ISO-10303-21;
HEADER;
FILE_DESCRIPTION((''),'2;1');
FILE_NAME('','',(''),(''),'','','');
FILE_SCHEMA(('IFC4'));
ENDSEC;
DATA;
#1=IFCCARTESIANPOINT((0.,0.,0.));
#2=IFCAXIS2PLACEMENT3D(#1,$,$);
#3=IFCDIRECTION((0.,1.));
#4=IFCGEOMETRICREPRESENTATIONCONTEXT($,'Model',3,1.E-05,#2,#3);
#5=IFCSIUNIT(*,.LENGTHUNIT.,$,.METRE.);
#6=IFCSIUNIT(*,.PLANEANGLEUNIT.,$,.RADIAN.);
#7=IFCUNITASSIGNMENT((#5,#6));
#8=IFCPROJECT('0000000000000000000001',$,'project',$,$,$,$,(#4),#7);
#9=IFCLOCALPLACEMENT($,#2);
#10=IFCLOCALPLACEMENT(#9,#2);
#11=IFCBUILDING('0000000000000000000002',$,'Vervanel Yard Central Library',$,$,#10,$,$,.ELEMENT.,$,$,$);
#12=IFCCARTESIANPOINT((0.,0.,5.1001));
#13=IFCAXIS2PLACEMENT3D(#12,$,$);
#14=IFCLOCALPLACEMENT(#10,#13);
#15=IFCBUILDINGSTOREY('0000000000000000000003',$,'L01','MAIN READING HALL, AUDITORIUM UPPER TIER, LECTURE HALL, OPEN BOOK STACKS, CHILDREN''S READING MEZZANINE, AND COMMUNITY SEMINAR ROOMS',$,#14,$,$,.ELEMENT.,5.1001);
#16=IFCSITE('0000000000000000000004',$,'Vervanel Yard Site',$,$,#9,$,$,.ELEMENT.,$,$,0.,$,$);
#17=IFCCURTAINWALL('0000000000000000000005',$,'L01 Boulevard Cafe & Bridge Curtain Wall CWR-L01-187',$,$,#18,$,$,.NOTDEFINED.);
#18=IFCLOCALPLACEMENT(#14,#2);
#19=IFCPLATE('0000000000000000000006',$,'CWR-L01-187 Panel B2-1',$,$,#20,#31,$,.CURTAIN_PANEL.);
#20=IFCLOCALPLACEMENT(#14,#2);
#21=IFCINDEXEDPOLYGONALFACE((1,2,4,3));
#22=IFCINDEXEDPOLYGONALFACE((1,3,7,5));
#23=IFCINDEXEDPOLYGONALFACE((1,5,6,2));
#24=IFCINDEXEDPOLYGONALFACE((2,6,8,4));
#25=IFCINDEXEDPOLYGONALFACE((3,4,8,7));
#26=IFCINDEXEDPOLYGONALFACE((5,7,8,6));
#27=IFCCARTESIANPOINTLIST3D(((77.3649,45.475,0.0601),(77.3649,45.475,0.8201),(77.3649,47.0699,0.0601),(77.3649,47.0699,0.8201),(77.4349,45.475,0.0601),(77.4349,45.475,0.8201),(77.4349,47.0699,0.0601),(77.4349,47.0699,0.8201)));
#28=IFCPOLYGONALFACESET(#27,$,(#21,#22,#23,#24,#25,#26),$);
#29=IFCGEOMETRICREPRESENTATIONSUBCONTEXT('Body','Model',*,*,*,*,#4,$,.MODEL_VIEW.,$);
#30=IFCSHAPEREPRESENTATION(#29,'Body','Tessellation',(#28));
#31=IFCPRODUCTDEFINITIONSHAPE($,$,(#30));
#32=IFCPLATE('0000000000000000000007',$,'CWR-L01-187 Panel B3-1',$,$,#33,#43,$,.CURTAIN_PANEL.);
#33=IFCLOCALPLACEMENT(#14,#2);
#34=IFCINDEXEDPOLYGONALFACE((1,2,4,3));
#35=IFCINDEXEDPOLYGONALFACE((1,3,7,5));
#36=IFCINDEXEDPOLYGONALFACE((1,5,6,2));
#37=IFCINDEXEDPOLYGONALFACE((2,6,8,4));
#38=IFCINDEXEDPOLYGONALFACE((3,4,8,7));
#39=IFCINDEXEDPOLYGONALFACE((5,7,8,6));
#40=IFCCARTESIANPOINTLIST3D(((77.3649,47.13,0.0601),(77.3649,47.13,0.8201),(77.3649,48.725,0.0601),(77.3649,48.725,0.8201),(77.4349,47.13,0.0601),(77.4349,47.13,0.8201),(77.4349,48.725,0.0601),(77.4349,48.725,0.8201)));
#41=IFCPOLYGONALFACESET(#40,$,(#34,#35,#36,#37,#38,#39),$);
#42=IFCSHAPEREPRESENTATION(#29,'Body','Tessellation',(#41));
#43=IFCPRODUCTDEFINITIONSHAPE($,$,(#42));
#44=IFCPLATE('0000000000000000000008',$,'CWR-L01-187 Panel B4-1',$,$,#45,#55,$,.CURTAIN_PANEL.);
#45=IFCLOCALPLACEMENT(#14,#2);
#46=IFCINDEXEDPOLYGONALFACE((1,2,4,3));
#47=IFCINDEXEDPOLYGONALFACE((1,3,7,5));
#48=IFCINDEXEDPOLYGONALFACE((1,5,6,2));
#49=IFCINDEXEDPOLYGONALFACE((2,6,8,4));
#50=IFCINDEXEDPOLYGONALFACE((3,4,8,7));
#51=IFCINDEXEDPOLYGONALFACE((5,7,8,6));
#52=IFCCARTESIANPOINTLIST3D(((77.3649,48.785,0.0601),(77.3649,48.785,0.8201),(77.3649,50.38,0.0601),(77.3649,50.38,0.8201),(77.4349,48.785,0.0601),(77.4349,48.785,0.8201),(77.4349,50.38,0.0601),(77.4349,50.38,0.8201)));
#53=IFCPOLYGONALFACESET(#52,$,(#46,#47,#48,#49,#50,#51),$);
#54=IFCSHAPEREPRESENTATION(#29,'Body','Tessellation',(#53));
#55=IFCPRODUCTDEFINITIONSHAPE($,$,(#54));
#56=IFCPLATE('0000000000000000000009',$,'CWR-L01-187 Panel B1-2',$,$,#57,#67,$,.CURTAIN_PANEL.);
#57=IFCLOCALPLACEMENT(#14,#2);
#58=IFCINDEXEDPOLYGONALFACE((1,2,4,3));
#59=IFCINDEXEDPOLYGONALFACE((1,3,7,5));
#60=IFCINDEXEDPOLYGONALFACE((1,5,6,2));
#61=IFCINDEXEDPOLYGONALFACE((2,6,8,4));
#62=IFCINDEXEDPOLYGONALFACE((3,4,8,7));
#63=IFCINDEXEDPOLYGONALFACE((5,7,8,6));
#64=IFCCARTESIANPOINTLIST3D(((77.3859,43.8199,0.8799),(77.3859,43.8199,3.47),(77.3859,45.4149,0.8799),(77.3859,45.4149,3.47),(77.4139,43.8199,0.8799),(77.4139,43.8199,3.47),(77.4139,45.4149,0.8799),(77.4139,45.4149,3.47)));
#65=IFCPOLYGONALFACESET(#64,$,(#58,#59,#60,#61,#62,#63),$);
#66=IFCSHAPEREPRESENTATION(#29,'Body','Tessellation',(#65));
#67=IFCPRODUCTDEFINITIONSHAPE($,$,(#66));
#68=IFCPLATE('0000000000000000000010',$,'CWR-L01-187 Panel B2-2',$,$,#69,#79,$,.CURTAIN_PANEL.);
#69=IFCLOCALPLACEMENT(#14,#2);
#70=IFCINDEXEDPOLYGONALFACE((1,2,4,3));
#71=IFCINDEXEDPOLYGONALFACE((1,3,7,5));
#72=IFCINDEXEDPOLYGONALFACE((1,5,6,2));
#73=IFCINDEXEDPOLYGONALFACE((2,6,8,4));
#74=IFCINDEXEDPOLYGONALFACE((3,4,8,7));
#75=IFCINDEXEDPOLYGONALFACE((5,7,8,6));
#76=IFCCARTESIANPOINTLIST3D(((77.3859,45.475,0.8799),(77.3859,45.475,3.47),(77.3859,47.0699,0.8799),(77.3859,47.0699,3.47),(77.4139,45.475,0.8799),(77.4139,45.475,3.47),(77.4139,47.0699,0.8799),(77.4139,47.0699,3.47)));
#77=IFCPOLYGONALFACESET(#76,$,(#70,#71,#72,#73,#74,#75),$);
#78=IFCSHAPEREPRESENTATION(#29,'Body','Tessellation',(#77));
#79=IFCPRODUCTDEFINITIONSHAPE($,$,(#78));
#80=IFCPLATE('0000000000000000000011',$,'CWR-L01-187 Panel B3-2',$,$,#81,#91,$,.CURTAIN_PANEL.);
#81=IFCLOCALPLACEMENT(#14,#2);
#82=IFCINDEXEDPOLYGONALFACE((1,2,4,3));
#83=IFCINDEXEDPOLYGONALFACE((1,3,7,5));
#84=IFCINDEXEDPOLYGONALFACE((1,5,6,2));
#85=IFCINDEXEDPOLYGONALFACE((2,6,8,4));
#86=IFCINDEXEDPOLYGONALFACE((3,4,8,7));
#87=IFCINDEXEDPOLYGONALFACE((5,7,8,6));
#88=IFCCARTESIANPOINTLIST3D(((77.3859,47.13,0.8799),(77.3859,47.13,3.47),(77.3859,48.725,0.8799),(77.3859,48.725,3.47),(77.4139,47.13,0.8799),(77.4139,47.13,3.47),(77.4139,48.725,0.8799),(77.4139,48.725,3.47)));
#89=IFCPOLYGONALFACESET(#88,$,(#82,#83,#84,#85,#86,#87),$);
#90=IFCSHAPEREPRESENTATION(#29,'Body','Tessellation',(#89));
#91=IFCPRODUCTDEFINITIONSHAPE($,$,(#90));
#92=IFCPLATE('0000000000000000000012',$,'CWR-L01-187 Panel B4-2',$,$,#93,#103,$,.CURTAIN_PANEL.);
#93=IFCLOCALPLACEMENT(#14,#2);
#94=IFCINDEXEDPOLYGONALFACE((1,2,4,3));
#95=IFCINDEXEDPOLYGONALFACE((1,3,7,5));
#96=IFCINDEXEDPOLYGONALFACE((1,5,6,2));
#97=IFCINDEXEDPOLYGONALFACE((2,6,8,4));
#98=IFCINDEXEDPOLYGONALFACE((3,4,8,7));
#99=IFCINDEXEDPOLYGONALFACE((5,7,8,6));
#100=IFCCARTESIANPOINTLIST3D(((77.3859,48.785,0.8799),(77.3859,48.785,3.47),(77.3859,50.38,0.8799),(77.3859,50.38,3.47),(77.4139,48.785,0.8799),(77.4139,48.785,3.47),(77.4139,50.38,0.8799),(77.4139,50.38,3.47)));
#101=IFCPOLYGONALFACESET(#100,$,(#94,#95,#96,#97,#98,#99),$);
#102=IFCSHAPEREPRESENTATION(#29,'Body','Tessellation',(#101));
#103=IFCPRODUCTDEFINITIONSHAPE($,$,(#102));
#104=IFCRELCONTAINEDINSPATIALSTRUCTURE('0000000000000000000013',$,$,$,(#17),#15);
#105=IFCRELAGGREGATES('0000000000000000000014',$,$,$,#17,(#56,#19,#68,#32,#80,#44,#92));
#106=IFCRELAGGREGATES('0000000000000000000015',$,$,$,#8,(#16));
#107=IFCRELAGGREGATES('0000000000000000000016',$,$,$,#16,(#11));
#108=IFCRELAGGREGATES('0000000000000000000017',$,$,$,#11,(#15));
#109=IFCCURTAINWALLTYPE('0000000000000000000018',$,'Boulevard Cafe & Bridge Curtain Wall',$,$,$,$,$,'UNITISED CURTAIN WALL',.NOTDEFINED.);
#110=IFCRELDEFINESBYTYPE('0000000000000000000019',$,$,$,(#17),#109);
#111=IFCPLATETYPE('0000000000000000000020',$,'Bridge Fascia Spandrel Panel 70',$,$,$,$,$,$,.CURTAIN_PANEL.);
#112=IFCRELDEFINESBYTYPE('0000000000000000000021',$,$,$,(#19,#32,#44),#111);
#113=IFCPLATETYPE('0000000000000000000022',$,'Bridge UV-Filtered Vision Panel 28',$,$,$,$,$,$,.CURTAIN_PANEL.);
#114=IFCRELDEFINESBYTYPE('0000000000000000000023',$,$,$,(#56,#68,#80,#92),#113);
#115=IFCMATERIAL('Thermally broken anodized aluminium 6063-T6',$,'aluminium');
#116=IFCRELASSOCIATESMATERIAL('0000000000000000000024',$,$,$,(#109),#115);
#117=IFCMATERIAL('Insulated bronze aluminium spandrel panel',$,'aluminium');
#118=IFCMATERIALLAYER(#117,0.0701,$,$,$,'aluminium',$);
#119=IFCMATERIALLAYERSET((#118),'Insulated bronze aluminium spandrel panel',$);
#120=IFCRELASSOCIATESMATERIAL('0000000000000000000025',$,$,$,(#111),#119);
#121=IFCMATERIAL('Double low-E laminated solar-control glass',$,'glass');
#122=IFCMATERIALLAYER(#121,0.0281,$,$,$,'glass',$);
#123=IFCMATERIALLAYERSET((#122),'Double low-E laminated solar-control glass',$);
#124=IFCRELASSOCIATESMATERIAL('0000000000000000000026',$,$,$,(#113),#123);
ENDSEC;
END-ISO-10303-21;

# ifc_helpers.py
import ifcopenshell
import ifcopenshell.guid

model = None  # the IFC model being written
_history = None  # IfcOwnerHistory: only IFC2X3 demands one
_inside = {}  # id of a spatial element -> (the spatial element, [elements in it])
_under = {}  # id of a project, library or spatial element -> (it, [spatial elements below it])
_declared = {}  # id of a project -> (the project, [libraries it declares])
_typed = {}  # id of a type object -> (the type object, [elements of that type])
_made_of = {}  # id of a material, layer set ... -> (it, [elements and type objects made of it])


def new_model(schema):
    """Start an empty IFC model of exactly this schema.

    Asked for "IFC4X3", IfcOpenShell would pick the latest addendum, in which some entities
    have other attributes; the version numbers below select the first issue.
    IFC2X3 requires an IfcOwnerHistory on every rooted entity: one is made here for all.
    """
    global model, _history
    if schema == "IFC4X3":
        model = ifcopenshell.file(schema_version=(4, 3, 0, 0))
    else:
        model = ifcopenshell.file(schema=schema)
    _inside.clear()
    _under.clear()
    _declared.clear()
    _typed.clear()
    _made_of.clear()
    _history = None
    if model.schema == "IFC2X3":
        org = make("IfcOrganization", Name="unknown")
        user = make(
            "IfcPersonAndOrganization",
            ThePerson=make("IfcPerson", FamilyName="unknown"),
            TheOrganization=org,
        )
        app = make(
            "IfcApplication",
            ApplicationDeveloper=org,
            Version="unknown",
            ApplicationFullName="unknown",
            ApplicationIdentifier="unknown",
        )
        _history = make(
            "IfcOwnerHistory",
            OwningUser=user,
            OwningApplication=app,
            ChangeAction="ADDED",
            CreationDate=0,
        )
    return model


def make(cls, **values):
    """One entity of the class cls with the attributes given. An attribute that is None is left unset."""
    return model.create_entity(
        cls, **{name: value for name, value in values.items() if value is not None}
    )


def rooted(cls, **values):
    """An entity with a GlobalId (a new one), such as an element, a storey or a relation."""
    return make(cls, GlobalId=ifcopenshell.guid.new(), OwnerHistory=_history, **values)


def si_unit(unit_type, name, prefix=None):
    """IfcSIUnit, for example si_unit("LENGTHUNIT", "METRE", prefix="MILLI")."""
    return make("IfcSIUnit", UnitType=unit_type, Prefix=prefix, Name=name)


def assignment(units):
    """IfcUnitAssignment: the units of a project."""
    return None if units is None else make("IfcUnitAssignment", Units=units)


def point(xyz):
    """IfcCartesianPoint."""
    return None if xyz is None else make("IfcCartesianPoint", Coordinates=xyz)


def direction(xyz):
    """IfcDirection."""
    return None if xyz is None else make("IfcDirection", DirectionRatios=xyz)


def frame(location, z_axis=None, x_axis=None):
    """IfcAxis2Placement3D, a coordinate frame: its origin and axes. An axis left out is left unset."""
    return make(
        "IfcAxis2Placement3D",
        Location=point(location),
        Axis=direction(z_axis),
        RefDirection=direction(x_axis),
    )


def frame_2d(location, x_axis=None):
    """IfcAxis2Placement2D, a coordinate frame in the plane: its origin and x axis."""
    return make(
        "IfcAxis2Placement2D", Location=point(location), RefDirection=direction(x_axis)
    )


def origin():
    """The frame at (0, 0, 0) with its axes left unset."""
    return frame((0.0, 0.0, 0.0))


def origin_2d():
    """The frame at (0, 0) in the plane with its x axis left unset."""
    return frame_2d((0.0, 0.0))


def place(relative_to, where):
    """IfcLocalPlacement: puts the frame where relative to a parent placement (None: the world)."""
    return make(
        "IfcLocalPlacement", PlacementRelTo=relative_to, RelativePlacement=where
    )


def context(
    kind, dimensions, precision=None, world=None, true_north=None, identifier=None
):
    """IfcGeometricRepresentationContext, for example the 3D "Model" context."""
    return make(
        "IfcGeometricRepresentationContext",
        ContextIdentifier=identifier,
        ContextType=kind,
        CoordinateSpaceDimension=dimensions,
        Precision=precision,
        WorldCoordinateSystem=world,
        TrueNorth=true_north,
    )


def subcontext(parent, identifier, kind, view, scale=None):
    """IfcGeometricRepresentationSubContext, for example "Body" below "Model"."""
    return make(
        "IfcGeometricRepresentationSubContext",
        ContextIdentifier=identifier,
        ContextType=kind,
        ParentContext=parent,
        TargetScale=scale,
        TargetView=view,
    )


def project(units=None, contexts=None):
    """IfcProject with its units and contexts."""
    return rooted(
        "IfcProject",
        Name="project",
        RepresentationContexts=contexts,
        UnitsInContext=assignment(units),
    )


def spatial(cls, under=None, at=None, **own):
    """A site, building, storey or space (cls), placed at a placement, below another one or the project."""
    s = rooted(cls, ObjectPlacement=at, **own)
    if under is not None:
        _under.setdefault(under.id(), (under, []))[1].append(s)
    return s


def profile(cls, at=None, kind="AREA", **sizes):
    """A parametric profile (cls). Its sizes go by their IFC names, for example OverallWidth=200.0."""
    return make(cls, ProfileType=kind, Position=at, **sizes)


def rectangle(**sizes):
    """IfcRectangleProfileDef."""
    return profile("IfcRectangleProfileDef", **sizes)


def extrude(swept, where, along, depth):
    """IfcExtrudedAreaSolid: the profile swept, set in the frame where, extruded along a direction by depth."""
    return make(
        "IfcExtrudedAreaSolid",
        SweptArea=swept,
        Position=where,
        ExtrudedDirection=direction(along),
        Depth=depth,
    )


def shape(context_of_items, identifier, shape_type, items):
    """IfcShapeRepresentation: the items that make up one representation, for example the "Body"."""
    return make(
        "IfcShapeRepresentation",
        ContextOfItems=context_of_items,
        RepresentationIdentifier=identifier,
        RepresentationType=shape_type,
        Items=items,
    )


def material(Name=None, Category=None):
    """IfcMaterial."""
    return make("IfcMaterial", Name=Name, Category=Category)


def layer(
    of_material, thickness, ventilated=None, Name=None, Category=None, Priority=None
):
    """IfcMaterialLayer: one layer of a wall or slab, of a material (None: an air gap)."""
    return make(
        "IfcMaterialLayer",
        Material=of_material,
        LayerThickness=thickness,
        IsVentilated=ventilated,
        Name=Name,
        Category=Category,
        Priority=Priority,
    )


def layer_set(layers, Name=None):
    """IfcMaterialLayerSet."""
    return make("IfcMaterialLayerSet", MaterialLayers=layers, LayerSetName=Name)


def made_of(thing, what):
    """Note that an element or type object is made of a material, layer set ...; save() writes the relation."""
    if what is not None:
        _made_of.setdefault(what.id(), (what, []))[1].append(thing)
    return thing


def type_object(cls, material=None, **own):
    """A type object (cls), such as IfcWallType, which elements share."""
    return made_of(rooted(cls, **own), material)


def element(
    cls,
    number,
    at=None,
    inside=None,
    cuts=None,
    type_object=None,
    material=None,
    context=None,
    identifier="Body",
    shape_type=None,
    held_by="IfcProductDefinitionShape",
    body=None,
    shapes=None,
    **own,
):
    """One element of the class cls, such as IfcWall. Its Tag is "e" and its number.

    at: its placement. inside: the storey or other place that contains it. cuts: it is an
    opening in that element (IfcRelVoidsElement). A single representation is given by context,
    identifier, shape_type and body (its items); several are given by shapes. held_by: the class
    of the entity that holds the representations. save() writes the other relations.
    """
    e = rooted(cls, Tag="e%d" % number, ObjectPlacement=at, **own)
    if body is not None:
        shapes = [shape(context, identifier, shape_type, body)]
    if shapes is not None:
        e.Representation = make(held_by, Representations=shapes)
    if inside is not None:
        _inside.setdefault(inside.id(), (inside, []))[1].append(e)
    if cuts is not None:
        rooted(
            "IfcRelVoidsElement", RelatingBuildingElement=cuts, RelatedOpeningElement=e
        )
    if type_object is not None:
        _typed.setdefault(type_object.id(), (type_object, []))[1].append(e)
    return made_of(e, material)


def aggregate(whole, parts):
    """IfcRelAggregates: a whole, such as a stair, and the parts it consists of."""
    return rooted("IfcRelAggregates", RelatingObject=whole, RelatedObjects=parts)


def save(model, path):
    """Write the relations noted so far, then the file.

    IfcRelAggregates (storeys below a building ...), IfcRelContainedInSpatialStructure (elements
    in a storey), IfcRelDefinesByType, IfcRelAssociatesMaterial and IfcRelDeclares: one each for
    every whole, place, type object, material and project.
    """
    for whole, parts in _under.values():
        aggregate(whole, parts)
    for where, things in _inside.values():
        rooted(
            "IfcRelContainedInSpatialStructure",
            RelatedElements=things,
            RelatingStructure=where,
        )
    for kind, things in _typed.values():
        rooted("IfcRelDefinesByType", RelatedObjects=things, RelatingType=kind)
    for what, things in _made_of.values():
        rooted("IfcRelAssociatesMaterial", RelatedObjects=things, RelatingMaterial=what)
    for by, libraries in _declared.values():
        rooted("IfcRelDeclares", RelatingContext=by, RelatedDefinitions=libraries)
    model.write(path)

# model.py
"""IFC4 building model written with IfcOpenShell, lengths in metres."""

from ifc_helpers import new_model, si_unit, direction, frame, origin, origin_2d, place, context, subcontext, project, spatial, rectangle, extrude, material, layer, layer_set, type_object, element, aggregate, save


model = new_model("IFC4")

# Units and contexts
model_context = context("Model", 3, precision=1e-05, world=origin(), true_north=direction((0.0, 1.0)))
body_context = subcontext(model_context, "Body", "Model", "MODEL_VIEW")
ifc_project = project(units=[si_unit("LENGTHUNIT", "METRE"), si_unit("PLANEANGLEUNIT", "RADIAN")], contexts=[model_context])

# Site, building, storey
site_placement = place(None, origin())
site = spatial("IfcSite", under=ifc_project, at=site_placement, Name="Vervanel Yard Site", CompositionType="ELEMENT", RefElevation=0.0)
building_placement = place(site_placement, origin())
building = spatial("IfcBuilding", under=site, at=building_placement, Name="Vervanel Yard Central Library", CompositionType="ELEMENT")
storey_placement = place(building_placement, frame((0.0, 0.0, 5.1001)))
storey = spatial("IfcBuildingStorey", under=building, at=storey_placement, Name="L01", Description="MAIN READING HALL, AUDITORIUM UPPER TIER, LECTURE HALL, OPEN BOOK STACKS, CHILDREN'S READING MEZZANINE, AND COMMUNITY SEMINAR ROOMS", CompositionType="ELEMENT", Elevation=5.1001)

# Curtain wall, plates
ifc_material_1 = material(Name="Thermally broken anodized aluminium 6063-T6", Category="aluminium")
curtain_wall_type = type_object("IfcCurtainWallType", Name="Boulevard Cafe & Bridge Curtain Wall", ElementType="UNITISED CURTAIN WALL", PredefinedType="NOTDEFINED", material=ifc_material_1)
curtain_wall_placement = place(storey_placement, origin())
curtain_wall = element("IfcCurtainWall", 1, at=curtain_wall_placement, inside=storey, type_object=curtain_wall_type, Name="L01 Boulevard Cafe & Bridge Curtain Wall CWR-L01-187", PredefinedType="NOTDEFINED")
ifc_material_2 = material(Name="Insulated bronze aluminium spandrel panel", Category="aluminium")
ifc_layer_1 = layer(ifc_material_2, 0.0701, Category="aluminium")
ifc_layer_set_1 = layer_set([ifc_layer_1], Name="Insulated bronze aluminium spandrel panel")
plate_type_1 = type_object("IfcPlateType", Name="Bridge Fascia Spandrel Panel 70", PredefinedType="CURTAIN_PANEL", material=ifc_layer_set_1)
plate_1_placement = place(storey_placement, frame((77.3999, 46.2725, 0.0601), z_axis=(0.0, 0.0, 1.0), x_axis=(0.0, 1.0, 0.0)))
plate_1 = element("IfcPlate", 2, at=plate_1_placement, type_object=plate_type_1, Name="CWR-L01-187 Panel B2-1", PredefinedType="CURTAIN_PANEL", context=body_context, shape_type="SweptSolid", body=[
    extrude(rectangle(XDim=1.595, YDim=0.0701, at=origin_2d()), origin(), (0.0, 0.0, 1.0), 0.76),
])
plate_2_placement = place(storey_placement, frame((77.3999, 47.9275, 0.0601), z_axis=(0.0, 0.0, 1.0), x_axis=(0.0, 1.0, 0.0)))
plate_2 = element("IfcPlate", 3, at=plate_2_placement, type_object=plate_type_1, Name="CWR-L01-187 Panel B3-1", PredefinedType="CURTAIN_PANEL", context=body_context, shape_type="SweptSolid", body=[
    extrude(rectangle(XDim=1.595, YDim=0.0701, at=origin_2d()), origin(), (0.0, 0.0, 1.0), 0.76),
])
plate_3_placement = place(storey_placement, frame((77.3999, 49.5825, 0.0601), z_axis=(0.0, 0.0, 1.0), x_axis=(0.0, 1.0, 0.0)))
plate_3 = element("IfcPlate", 4, at=plate_3_placement, type_object=plate_type_1, Name="CWR-L01-187 Panel B4-1", PredefinedType="CURTAIN_PANEL", context=body_context, shape_type="SweptSolid", body=[
    extrude(rectangle(XDim=1.595, YDim=0.0701, at=origin_2d()), origin(), (0.0, 0.0, 1.0), 0.76),
])
ifc_material_3 = material(Name="Double low-E laminated solar-control glass", Category="glass")
ifc_layer_2 = layer(ifc_material_3, 0.0281, Category="glass")
ifc_layer_set_2 = layer_set([ifc_layer_2], Name="Double low-E laminated solar-control glass")
plate_type_2 = type_object("IfcPlateType", Name="Bridge UV-Filtered Vision Panel 28", PredefinedType="CURTAIN_PANEL", material=ifc_layer_set_2)
plate_4_placement = place(storey_placement, frame((77.3999, 44.6174, 0.8799), z_axis=(0.0, 0.0, 1.0), x_axis=(0.0, 1.0, 0.0)))
plate_4 = element("IfcPlate", 5, at=plate_4_placement, type_object=plate_type_2, Name="CWR-L01-187 Panel B1-2", PredefinedType="CURTAIN_PANEL", context=body_context, shape_type="SweptSolid", body=[
    extrude(rectangle(XDim=1.595, YDim=0.0281, at=origin_2d()), origin(), (0.0, 0.0, 1.0), 2.5901),
])
plate_5_placement = place(storey_placement, frame((77.3999, 46.2725, 0.8799), z_axis=(0.0, 0.0, 1.0), x_axis=(0.0, 1.0, 0.0)))
plate_5 = element("IfcPlate", 6, at=plate_5_placement, type_object=plate_type_2, Name="CWR-L01-187 Panel B2-2", PredefinedType="CURTAIN_PANEL", context=body_context, shape_type="SweptSolid", body=[
    extrude(rectangle(XDim=1.595, YDim=0.0281, at=origin_2d()), origin(), (0.0, 0.0, 1.0), 2.5901),
])
plate_6_placement = place(storey_placement, frame((77.3999, 47.9275, 0.8799), z_axis=(0.0, 0.0, 1.0), x_axis=(0.0, 1.0, 0.0)))
plate_6 = element("IfcPlate", 7, at=plate_6_placement, type_object=plate_type_2, Name="CWR-L01-187 Panel B3-2", PredefinedType="CURTAIN_PANEL", context=body_context, shape_type="SweptSolid", body=[
    extrude(rectangle(XDim=1.595, YDim=0.0281, at=origin_2d()), origin(), (0.0, 0.0, 1.0), 2.5901),
])
plate_7_placement = place(storey_placement, frame((77.3999, 49.5825, 0.8799), z_axis=(0.0, 0.0, 1.0), x_axis=(0.0, 1.0, 0.0)))
plate_7 = element("IfcPlate", 8, at=plate_7_placement, type_object=plate_type_2, Name="CWR-L01-187 Panel B4-2", PredefinedType="CURTAIN_PANEL", context=body_context, shape_type="SweptSolid", body=[
    extrude(rectangle(XDim=1.595, YDim=0.0281, at=origin_2d()), origin(), (0.0, 0.0, 1.0), 2.5901),
])
aggregate(curtain_wall, [plate_4, plate_1, plate_5, plate_2, plate_6, plate_3, plate_7])

save(model, "model.ifc")
